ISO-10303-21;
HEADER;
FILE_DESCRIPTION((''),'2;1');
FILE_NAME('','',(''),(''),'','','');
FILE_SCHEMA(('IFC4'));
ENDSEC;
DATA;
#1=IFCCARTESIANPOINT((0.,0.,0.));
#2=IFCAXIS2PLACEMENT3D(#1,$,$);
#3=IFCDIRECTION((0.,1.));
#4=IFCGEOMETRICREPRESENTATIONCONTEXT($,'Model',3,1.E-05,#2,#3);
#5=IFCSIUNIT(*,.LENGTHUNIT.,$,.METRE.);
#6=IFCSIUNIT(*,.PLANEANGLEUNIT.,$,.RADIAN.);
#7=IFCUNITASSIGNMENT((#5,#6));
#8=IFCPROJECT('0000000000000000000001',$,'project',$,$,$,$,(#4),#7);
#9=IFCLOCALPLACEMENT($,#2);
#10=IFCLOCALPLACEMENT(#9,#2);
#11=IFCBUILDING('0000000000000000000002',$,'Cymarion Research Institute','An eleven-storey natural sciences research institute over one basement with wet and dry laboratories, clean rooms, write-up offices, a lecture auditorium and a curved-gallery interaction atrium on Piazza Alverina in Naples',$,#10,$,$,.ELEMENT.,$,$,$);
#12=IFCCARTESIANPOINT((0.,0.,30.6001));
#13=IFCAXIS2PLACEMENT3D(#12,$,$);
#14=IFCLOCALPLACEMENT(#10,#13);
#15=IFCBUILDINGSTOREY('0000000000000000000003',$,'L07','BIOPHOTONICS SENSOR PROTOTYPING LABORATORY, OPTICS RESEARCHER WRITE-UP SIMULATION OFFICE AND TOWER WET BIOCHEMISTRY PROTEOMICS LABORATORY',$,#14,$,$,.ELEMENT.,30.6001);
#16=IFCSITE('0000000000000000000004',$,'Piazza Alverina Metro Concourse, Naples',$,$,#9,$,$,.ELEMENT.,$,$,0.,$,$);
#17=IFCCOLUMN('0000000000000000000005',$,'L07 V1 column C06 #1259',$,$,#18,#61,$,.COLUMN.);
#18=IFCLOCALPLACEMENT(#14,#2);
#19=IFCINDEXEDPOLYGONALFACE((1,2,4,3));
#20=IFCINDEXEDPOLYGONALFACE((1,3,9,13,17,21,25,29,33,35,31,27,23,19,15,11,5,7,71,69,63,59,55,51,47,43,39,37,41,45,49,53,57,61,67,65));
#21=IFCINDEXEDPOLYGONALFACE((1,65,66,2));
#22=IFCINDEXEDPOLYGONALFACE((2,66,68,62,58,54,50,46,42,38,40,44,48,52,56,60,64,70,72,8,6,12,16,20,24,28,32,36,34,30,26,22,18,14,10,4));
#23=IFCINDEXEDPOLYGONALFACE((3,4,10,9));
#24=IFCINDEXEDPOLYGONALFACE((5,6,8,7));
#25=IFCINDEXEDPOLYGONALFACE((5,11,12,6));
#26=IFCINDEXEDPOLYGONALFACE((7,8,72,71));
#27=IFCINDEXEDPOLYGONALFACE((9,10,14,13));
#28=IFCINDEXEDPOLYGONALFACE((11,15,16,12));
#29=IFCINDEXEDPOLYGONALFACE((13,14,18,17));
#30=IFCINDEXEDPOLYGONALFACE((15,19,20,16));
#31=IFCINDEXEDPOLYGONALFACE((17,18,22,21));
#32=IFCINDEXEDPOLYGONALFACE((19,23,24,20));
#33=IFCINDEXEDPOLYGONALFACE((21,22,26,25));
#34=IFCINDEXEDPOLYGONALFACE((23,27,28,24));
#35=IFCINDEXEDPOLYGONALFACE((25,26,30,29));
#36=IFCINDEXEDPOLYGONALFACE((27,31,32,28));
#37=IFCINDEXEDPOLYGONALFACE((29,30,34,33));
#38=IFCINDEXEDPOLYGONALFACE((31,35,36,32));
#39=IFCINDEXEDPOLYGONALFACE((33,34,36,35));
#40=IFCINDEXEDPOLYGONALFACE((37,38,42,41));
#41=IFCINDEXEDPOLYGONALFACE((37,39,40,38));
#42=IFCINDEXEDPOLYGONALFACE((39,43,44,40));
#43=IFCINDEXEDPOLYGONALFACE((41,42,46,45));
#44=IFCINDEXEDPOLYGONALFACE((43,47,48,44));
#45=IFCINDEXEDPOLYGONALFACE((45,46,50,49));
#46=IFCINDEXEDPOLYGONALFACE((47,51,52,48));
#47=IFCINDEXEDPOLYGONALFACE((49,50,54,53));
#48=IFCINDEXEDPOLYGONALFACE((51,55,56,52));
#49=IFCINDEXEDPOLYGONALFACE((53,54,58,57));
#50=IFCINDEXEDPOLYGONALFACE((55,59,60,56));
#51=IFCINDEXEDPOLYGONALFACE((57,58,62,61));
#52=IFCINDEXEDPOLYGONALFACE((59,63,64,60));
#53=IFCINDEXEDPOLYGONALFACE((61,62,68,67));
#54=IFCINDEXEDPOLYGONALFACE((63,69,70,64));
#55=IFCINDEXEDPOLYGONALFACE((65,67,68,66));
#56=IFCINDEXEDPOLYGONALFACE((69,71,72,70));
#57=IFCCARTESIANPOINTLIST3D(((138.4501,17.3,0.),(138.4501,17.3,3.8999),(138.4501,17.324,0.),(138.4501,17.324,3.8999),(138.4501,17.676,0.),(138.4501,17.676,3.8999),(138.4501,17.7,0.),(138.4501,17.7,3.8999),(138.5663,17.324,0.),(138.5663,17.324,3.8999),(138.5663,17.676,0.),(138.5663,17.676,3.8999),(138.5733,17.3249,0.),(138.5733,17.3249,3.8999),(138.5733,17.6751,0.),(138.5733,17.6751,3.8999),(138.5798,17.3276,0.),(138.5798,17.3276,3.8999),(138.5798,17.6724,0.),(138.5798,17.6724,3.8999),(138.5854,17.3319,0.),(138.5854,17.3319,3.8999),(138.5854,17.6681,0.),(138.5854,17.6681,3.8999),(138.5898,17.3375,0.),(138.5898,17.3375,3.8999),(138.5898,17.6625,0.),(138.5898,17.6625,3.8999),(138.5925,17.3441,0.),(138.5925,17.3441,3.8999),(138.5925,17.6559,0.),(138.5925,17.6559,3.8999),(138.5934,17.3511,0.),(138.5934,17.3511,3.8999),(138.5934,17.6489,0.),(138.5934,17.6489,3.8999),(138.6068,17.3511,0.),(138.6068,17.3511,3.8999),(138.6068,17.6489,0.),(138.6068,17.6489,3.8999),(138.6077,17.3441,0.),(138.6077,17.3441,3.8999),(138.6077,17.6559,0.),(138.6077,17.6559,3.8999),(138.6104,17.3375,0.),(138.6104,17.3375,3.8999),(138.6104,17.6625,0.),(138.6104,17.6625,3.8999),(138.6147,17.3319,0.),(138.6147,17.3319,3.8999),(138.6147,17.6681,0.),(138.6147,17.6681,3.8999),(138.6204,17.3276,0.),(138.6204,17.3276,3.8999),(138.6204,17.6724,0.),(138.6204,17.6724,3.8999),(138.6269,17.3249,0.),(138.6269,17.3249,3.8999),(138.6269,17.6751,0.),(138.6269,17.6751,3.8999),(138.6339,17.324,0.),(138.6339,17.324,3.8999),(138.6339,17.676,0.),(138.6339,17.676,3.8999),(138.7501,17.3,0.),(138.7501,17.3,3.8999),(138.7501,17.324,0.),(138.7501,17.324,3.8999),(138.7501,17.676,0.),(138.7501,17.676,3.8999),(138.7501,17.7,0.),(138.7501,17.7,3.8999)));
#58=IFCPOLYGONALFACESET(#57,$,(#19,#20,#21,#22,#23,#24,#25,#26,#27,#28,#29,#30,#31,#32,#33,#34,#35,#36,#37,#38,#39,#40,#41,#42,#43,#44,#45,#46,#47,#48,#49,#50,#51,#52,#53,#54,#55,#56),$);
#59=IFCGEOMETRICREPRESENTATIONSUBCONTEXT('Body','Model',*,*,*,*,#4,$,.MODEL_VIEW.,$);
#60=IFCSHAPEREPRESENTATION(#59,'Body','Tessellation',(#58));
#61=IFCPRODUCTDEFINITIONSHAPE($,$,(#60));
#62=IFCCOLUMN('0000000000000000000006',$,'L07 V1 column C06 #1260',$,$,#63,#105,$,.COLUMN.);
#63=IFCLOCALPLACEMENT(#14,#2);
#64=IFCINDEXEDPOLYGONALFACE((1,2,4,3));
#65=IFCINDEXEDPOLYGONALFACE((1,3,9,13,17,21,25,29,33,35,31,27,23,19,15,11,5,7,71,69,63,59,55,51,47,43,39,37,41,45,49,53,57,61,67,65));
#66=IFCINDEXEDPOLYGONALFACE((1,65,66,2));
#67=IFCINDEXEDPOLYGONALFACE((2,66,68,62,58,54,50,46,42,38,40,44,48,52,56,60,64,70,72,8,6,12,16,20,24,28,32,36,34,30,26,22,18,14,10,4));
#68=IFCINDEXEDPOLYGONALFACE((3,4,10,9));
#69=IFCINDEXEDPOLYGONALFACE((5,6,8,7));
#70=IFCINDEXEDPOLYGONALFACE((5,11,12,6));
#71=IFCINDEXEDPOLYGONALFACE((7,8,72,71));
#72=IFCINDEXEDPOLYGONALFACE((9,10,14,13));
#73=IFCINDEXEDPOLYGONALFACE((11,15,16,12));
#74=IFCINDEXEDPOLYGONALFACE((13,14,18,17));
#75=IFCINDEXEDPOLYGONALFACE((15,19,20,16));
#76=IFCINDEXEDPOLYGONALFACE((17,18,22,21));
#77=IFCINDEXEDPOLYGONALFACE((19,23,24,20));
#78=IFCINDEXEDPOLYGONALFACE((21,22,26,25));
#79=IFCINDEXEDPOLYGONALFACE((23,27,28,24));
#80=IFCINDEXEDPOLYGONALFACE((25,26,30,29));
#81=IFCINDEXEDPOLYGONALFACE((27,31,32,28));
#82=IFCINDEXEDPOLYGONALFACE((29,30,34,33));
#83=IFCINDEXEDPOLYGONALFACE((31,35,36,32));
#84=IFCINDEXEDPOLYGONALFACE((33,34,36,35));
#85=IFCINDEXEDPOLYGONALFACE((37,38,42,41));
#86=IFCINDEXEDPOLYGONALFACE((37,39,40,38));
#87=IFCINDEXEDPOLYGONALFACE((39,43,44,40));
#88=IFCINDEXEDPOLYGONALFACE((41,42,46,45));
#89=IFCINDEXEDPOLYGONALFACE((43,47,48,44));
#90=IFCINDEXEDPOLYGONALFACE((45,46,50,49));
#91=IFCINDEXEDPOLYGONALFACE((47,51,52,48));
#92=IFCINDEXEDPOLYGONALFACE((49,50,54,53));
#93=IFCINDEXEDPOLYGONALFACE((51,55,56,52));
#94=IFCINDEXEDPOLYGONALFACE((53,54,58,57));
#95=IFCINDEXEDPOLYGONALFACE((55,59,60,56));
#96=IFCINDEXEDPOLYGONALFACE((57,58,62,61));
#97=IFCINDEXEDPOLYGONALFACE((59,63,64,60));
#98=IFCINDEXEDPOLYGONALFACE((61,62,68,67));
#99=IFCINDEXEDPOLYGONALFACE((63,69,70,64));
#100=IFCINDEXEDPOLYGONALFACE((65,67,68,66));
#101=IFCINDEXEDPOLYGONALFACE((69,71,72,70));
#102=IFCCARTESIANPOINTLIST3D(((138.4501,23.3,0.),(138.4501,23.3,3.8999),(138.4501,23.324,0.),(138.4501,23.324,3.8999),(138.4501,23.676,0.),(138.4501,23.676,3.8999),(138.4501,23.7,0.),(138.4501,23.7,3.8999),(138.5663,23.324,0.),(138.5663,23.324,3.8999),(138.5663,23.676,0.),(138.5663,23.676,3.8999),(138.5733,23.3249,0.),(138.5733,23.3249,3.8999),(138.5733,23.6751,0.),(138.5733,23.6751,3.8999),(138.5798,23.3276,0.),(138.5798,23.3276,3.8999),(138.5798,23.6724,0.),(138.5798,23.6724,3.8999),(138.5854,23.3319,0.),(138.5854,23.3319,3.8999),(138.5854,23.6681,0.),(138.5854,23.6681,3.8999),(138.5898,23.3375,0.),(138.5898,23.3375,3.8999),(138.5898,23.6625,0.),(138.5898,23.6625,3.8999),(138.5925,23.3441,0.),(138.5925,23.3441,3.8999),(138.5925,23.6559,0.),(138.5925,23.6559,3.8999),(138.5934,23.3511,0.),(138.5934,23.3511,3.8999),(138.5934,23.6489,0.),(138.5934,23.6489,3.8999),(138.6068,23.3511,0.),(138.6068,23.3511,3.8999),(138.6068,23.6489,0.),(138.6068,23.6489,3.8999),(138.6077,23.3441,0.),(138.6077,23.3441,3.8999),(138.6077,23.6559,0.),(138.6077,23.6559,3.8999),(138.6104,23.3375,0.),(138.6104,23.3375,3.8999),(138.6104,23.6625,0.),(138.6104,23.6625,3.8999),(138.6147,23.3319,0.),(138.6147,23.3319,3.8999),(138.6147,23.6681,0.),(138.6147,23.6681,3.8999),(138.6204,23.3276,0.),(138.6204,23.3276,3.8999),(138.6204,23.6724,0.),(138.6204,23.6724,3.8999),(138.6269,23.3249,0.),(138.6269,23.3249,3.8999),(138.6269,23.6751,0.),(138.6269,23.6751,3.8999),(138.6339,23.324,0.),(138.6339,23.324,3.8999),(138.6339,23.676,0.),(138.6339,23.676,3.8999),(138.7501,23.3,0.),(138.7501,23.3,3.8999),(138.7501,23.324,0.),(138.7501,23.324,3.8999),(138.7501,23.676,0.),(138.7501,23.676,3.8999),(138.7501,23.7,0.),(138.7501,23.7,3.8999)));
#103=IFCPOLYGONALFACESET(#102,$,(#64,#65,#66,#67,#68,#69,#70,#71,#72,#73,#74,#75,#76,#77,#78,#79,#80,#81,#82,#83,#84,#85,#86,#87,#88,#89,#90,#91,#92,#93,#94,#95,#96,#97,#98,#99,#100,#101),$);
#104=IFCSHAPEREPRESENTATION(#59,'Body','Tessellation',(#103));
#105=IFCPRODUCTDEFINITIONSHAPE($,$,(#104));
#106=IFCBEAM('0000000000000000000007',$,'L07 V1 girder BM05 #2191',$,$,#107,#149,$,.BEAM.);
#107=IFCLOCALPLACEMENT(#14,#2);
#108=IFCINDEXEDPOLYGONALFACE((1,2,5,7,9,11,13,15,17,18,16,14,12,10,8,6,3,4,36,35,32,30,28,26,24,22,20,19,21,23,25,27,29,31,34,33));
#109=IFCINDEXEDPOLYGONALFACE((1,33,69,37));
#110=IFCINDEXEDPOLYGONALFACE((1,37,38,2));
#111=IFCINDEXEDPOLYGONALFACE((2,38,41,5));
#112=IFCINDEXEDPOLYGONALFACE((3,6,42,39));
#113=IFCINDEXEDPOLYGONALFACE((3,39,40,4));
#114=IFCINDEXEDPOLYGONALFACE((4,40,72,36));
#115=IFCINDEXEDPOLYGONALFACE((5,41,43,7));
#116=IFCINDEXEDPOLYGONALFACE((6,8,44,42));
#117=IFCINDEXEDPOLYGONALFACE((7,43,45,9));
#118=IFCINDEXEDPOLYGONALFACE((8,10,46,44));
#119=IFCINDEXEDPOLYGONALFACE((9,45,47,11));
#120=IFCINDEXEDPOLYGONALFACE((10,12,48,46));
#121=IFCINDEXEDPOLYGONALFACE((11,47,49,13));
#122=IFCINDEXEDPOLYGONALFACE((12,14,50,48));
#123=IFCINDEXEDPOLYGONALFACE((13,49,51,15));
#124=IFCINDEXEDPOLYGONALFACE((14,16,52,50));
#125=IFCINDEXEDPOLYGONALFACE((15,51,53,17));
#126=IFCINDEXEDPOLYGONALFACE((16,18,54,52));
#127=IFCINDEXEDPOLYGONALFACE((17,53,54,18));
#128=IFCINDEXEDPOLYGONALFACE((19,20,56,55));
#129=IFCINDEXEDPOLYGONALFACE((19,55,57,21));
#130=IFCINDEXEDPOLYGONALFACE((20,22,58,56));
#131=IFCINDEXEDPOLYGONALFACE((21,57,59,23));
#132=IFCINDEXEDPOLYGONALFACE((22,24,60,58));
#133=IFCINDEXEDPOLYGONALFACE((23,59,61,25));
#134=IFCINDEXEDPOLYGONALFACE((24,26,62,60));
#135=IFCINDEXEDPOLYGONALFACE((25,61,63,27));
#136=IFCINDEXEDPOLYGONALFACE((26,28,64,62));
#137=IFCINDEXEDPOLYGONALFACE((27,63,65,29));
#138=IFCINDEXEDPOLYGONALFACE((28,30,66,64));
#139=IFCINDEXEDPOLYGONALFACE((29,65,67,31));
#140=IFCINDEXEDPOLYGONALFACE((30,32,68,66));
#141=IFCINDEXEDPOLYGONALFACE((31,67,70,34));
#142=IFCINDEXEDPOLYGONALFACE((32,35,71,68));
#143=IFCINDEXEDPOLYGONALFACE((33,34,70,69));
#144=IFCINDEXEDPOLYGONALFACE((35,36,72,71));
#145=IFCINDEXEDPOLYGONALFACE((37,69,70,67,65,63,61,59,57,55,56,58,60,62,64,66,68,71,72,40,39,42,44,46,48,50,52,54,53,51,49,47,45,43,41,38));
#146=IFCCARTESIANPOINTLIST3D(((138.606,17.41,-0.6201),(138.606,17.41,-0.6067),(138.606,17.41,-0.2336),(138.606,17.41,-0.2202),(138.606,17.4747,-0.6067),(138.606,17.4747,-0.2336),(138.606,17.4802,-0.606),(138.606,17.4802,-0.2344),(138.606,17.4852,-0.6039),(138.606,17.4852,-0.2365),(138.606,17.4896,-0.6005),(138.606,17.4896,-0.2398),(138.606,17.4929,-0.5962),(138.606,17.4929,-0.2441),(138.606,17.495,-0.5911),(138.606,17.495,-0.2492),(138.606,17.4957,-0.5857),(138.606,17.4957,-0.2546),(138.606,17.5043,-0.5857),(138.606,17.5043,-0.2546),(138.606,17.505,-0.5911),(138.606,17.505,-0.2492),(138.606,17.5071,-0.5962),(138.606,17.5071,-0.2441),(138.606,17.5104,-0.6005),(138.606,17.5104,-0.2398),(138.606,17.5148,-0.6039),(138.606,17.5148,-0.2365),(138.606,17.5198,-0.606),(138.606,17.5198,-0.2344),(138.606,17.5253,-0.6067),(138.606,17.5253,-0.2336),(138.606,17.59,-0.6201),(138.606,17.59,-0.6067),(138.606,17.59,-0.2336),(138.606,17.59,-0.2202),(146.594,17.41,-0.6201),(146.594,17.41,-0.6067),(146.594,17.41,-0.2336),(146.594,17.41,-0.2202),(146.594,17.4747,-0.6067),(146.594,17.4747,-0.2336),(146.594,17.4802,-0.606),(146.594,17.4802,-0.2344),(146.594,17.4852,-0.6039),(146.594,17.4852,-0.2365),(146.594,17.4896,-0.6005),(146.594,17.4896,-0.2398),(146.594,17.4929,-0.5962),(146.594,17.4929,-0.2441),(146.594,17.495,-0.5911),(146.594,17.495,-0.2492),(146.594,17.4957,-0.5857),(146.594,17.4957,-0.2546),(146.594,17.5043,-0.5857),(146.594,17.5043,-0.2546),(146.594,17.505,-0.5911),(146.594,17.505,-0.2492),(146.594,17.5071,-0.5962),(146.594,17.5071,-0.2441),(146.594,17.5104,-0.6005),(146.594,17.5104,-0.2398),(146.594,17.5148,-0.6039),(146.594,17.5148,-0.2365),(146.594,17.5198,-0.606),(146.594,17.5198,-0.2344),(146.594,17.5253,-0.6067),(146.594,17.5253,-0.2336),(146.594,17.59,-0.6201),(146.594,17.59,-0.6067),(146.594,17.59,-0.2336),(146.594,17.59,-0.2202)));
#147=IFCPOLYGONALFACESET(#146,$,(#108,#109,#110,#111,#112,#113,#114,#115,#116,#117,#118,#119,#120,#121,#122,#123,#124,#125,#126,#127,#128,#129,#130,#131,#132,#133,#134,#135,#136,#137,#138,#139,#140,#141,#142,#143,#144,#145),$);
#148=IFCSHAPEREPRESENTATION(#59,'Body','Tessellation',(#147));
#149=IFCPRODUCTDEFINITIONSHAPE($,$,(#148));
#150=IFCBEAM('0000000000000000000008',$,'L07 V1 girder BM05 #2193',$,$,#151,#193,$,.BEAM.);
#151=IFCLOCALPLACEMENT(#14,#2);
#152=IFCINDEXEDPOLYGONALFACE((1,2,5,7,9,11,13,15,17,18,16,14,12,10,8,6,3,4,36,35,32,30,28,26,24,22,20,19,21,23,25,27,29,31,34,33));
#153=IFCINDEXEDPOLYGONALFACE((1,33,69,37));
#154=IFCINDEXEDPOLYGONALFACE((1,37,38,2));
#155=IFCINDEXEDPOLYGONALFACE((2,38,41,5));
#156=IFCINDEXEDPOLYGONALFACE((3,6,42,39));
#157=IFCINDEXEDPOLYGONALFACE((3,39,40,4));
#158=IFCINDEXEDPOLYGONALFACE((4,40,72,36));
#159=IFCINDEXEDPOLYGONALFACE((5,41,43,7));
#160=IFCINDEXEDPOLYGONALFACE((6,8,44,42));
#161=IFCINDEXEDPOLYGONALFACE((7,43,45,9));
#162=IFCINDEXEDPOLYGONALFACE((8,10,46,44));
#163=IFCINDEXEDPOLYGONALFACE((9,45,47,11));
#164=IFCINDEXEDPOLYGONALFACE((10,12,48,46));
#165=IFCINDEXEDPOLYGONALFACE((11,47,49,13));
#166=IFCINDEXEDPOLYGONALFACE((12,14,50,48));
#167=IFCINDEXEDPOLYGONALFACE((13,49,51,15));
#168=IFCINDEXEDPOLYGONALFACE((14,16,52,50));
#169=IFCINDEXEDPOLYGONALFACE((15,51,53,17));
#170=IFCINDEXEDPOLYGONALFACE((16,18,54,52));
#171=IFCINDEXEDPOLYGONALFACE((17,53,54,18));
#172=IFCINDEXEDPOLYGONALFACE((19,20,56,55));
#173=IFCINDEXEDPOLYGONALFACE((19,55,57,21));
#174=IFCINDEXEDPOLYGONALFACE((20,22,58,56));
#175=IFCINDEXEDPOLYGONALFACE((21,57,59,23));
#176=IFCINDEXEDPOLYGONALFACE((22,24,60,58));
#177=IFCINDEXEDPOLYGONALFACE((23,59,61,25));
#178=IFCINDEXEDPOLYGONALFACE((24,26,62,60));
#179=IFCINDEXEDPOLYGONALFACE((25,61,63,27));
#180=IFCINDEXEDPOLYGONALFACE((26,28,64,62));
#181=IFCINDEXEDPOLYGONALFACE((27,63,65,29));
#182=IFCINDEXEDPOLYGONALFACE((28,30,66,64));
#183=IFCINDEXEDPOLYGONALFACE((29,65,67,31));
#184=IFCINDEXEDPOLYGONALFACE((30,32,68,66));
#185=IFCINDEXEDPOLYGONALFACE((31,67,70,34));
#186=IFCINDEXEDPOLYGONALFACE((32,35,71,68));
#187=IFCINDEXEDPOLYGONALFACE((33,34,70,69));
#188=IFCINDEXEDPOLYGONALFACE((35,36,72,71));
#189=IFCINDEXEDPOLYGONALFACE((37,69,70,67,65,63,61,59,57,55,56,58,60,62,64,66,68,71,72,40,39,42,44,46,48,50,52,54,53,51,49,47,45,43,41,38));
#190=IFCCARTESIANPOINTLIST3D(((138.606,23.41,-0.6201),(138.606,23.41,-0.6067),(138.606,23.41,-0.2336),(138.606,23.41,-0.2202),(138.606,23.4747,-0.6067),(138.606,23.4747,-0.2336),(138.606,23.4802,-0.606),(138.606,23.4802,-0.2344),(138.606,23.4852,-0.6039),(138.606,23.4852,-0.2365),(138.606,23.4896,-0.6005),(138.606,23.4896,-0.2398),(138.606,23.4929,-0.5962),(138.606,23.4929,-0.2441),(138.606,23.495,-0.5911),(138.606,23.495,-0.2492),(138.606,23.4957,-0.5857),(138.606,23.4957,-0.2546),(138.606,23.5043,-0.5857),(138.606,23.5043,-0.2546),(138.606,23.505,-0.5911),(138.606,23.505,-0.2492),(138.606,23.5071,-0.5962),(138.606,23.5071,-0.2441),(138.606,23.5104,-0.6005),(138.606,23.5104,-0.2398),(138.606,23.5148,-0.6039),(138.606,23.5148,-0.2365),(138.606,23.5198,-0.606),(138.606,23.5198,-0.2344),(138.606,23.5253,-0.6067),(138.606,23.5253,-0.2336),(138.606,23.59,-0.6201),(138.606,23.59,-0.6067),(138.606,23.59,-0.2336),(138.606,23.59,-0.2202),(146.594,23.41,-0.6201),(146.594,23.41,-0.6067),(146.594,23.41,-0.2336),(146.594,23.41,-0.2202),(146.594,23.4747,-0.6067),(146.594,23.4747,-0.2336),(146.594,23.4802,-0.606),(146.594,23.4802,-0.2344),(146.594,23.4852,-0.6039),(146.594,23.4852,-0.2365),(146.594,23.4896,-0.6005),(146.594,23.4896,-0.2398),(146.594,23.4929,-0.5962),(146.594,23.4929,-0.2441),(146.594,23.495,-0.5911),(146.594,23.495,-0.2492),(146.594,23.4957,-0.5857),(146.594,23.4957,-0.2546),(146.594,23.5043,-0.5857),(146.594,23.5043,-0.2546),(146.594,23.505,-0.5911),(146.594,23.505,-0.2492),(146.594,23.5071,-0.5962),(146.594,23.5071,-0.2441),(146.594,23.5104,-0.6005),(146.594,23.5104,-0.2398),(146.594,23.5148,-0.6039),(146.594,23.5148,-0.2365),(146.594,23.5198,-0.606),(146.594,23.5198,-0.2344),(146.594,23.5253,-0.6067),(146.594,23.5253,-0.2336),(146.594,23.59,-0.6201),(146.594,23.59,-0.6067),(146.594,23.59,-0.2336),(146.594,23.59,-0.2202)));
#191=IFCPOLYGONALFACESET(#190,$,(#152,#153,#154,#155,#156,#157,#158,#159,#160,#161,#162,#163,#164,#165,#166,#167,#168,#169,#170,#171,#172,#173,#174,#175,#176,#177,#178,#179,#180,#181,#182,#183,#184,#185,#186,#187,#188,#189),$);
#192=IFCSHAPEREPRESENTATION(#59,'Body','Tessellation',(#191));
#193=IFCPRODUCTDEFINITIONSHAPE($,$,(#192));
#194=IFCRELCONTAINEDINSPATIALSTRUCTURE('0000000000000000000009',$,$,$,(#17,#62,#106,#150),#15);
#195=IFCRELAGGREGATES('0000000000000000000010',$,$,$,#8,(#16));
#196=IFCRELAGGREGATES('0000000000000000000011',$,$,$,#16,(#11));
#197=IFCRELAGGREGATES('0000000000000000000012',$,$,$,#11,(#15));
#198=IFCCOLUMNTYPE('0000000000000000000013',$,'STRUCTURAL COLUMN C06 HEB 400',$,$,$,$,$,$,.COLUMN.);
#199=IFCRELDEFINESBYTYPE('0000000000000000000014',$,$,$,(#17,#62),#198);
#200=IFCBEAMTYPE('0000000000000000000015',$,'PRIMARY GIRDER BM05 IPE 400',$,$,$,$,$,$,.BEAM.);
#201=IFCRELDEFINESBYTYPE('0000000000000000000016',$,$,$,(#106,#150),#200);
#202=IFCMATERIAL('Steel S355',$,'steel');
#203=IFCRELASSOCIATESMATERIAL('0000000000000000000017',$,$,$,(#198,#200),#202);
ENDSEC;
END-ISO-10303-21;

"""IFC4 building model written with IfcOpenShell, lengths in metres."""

from ifc_helpers import new_model, si_unit, direction, frame, origin, origin_2d, place, context, subcontext, project, spatial, i_section, extrude, material, material_profile, profile_set, type_object, element, save


model = new_model("IFC4")

# Units and contexts
model_context = context("Model", 3, precision=1e-05, world=origin(), true_north=direction((0.0, 1.0)))
body_context = subcontext(model_context, "Body", "Model", "MODEL_VIEW")
ifc_project = project(units=[si_unit("LENGTHUNIT", "METRE"), si_unit("PLANEANGLEUNIT", "RADIAN")], contexts=[model_context])

# Site, building, storey
site_placement = place(None, origin())
site = spatial("IfcSite", under=ifc_project, at=site_placement, Name="Piazza Alverina Metro Concourse, Naples", CompositionType="ELEMENT", RefElevation=0.0)
building_placement = place(site_placement, origin())
building = spatial("IfcBuilding", under=site, at=building_placement, Name="Cymarion Research Institute", Description="An eleven-storey natural sciences research institute over one basement with wet and dry laboratories, clean rooms, write-up offices, a lecture auditorium and a curved-gallery interaction atrium on Piazza Alverina in Naples", CompositionType="ELEMENT")
storey_placement = place(building_placement, frame((0.0, 0.0, 30.6001)))
storey = spatial("IfcBuildingStorey", under=building, at=storey_placement, Name="L07", Description="BIOPHOTONICS SENSOR PROTOTYPING LABORATORY, OPTICS RESEARCHER WRITE-UP SIMULATION OFFICE AND TOWER WET BIOCHEMISTRY PROTEOMICS LABORATORY", CompositionType="ELEMENT", Elevation=30.6001)

# Columns
ifc_material_1 = material(Name="Steel S355", Category="steel")
ifc_material_profile_1 = material_profile(ifc_material_1, i_section(OverallWidth=0.3, OverallDepth=0.3999, WebThickness=0.0134, FlangeThickness=0.0239, FilletRadius=0.0271, at=origin_2d()), Name="HEB 400")
ifc_profile_set_1 = profile_set([ifc_material_profile_1], Name="Steel S355")
column_type = type_object("IfcColumnType", Name="STRUCTURAL COLUMN C06 HEB 400", PredefinedType="COLUMN", material=ifc_profile_set_1)
for number, where, z_axis, x_axis, name in (
    (1, (138.6001, 17.5, 0.0), (0.0, 0.0, 1.0), (1.0, 0.0, 0.0), "L07 V1 column C06 #1259"),
    (2, (138.6001, 23.5, 0.0), (0.0, 0.0, 1.0), (1.0, 0.0, 0.0), "L07 V1 column C06 #1260"),
):
    element("IfcColumn", number, at=place(storey_placement, frame(where, z_axis=z_axis, x_axis=x_axis)), inside=storey, type_object=column_type, Name=name, PredefinedType="COLUMN", context=body_context, shape_type="SweptSolid", body=[
        extrude(i_section(OverallWidth=0.3, OverallDepth=0.3999, WebThickness=0.0134, FlangeThickness=0.0239, FilletRadius=0.0271, at=origin_2d()), origin(), (0.0, 0.0, 1.0), 3.8999),
    ])

# Beams
ifc_material_profile_2 = material_profile(ifc_material_1, i_section(OverallWidth=0.1799, OverallDepth=0.3999, WebThickness=0.0085, FlangeThickness=0.0134, FilletRadius=0.021, at=origin_2d()), Name="IPE 400")
ifc_profile_set_2 = profile_set([ifc_material_profile_2], Name="Steel S355")
beam_type_1 = type_object("IfcBeamType", Name="PRIMARY GIRDER BM05 IPE 400", PredefinedType="BEAM", material=ifc_profile_set_2)
for number, where, z_axis, x_axis, name in (
    (3, (138.606, 17.5, -0.4202), (1.0, 0.0, 0.0), (0.0, 1.0, 0.0), "L07 V1 girder BM05 #2191"),
    (4, (138.606, 23.5, -0.4202), (1.0, 0.0, 0.0), (0.0, 1.0, 0.0), "L07 V1 girder BM05 #2193"),
):
    element("IfcBeam", number, at=place(storey_placement, frame(where, z_axis=z_axis, x_axis=x_axis)), inside=storey, type_object=beam_type_1, Name=name, PredefinedType="BEAM", context=body_context, shape_type="SweptSolid", body=[
        extrude(i_section(OverallWidth=0.1799, OverallDepth=0.3999, WebThickness=0.0085, FlangeThickness=0.0134, FilletRadius=0.021, at=origin_2d()), origin(), (0.0, 0.0, 1.0), 7.988),
    ])

save(model, "model.ifc")
